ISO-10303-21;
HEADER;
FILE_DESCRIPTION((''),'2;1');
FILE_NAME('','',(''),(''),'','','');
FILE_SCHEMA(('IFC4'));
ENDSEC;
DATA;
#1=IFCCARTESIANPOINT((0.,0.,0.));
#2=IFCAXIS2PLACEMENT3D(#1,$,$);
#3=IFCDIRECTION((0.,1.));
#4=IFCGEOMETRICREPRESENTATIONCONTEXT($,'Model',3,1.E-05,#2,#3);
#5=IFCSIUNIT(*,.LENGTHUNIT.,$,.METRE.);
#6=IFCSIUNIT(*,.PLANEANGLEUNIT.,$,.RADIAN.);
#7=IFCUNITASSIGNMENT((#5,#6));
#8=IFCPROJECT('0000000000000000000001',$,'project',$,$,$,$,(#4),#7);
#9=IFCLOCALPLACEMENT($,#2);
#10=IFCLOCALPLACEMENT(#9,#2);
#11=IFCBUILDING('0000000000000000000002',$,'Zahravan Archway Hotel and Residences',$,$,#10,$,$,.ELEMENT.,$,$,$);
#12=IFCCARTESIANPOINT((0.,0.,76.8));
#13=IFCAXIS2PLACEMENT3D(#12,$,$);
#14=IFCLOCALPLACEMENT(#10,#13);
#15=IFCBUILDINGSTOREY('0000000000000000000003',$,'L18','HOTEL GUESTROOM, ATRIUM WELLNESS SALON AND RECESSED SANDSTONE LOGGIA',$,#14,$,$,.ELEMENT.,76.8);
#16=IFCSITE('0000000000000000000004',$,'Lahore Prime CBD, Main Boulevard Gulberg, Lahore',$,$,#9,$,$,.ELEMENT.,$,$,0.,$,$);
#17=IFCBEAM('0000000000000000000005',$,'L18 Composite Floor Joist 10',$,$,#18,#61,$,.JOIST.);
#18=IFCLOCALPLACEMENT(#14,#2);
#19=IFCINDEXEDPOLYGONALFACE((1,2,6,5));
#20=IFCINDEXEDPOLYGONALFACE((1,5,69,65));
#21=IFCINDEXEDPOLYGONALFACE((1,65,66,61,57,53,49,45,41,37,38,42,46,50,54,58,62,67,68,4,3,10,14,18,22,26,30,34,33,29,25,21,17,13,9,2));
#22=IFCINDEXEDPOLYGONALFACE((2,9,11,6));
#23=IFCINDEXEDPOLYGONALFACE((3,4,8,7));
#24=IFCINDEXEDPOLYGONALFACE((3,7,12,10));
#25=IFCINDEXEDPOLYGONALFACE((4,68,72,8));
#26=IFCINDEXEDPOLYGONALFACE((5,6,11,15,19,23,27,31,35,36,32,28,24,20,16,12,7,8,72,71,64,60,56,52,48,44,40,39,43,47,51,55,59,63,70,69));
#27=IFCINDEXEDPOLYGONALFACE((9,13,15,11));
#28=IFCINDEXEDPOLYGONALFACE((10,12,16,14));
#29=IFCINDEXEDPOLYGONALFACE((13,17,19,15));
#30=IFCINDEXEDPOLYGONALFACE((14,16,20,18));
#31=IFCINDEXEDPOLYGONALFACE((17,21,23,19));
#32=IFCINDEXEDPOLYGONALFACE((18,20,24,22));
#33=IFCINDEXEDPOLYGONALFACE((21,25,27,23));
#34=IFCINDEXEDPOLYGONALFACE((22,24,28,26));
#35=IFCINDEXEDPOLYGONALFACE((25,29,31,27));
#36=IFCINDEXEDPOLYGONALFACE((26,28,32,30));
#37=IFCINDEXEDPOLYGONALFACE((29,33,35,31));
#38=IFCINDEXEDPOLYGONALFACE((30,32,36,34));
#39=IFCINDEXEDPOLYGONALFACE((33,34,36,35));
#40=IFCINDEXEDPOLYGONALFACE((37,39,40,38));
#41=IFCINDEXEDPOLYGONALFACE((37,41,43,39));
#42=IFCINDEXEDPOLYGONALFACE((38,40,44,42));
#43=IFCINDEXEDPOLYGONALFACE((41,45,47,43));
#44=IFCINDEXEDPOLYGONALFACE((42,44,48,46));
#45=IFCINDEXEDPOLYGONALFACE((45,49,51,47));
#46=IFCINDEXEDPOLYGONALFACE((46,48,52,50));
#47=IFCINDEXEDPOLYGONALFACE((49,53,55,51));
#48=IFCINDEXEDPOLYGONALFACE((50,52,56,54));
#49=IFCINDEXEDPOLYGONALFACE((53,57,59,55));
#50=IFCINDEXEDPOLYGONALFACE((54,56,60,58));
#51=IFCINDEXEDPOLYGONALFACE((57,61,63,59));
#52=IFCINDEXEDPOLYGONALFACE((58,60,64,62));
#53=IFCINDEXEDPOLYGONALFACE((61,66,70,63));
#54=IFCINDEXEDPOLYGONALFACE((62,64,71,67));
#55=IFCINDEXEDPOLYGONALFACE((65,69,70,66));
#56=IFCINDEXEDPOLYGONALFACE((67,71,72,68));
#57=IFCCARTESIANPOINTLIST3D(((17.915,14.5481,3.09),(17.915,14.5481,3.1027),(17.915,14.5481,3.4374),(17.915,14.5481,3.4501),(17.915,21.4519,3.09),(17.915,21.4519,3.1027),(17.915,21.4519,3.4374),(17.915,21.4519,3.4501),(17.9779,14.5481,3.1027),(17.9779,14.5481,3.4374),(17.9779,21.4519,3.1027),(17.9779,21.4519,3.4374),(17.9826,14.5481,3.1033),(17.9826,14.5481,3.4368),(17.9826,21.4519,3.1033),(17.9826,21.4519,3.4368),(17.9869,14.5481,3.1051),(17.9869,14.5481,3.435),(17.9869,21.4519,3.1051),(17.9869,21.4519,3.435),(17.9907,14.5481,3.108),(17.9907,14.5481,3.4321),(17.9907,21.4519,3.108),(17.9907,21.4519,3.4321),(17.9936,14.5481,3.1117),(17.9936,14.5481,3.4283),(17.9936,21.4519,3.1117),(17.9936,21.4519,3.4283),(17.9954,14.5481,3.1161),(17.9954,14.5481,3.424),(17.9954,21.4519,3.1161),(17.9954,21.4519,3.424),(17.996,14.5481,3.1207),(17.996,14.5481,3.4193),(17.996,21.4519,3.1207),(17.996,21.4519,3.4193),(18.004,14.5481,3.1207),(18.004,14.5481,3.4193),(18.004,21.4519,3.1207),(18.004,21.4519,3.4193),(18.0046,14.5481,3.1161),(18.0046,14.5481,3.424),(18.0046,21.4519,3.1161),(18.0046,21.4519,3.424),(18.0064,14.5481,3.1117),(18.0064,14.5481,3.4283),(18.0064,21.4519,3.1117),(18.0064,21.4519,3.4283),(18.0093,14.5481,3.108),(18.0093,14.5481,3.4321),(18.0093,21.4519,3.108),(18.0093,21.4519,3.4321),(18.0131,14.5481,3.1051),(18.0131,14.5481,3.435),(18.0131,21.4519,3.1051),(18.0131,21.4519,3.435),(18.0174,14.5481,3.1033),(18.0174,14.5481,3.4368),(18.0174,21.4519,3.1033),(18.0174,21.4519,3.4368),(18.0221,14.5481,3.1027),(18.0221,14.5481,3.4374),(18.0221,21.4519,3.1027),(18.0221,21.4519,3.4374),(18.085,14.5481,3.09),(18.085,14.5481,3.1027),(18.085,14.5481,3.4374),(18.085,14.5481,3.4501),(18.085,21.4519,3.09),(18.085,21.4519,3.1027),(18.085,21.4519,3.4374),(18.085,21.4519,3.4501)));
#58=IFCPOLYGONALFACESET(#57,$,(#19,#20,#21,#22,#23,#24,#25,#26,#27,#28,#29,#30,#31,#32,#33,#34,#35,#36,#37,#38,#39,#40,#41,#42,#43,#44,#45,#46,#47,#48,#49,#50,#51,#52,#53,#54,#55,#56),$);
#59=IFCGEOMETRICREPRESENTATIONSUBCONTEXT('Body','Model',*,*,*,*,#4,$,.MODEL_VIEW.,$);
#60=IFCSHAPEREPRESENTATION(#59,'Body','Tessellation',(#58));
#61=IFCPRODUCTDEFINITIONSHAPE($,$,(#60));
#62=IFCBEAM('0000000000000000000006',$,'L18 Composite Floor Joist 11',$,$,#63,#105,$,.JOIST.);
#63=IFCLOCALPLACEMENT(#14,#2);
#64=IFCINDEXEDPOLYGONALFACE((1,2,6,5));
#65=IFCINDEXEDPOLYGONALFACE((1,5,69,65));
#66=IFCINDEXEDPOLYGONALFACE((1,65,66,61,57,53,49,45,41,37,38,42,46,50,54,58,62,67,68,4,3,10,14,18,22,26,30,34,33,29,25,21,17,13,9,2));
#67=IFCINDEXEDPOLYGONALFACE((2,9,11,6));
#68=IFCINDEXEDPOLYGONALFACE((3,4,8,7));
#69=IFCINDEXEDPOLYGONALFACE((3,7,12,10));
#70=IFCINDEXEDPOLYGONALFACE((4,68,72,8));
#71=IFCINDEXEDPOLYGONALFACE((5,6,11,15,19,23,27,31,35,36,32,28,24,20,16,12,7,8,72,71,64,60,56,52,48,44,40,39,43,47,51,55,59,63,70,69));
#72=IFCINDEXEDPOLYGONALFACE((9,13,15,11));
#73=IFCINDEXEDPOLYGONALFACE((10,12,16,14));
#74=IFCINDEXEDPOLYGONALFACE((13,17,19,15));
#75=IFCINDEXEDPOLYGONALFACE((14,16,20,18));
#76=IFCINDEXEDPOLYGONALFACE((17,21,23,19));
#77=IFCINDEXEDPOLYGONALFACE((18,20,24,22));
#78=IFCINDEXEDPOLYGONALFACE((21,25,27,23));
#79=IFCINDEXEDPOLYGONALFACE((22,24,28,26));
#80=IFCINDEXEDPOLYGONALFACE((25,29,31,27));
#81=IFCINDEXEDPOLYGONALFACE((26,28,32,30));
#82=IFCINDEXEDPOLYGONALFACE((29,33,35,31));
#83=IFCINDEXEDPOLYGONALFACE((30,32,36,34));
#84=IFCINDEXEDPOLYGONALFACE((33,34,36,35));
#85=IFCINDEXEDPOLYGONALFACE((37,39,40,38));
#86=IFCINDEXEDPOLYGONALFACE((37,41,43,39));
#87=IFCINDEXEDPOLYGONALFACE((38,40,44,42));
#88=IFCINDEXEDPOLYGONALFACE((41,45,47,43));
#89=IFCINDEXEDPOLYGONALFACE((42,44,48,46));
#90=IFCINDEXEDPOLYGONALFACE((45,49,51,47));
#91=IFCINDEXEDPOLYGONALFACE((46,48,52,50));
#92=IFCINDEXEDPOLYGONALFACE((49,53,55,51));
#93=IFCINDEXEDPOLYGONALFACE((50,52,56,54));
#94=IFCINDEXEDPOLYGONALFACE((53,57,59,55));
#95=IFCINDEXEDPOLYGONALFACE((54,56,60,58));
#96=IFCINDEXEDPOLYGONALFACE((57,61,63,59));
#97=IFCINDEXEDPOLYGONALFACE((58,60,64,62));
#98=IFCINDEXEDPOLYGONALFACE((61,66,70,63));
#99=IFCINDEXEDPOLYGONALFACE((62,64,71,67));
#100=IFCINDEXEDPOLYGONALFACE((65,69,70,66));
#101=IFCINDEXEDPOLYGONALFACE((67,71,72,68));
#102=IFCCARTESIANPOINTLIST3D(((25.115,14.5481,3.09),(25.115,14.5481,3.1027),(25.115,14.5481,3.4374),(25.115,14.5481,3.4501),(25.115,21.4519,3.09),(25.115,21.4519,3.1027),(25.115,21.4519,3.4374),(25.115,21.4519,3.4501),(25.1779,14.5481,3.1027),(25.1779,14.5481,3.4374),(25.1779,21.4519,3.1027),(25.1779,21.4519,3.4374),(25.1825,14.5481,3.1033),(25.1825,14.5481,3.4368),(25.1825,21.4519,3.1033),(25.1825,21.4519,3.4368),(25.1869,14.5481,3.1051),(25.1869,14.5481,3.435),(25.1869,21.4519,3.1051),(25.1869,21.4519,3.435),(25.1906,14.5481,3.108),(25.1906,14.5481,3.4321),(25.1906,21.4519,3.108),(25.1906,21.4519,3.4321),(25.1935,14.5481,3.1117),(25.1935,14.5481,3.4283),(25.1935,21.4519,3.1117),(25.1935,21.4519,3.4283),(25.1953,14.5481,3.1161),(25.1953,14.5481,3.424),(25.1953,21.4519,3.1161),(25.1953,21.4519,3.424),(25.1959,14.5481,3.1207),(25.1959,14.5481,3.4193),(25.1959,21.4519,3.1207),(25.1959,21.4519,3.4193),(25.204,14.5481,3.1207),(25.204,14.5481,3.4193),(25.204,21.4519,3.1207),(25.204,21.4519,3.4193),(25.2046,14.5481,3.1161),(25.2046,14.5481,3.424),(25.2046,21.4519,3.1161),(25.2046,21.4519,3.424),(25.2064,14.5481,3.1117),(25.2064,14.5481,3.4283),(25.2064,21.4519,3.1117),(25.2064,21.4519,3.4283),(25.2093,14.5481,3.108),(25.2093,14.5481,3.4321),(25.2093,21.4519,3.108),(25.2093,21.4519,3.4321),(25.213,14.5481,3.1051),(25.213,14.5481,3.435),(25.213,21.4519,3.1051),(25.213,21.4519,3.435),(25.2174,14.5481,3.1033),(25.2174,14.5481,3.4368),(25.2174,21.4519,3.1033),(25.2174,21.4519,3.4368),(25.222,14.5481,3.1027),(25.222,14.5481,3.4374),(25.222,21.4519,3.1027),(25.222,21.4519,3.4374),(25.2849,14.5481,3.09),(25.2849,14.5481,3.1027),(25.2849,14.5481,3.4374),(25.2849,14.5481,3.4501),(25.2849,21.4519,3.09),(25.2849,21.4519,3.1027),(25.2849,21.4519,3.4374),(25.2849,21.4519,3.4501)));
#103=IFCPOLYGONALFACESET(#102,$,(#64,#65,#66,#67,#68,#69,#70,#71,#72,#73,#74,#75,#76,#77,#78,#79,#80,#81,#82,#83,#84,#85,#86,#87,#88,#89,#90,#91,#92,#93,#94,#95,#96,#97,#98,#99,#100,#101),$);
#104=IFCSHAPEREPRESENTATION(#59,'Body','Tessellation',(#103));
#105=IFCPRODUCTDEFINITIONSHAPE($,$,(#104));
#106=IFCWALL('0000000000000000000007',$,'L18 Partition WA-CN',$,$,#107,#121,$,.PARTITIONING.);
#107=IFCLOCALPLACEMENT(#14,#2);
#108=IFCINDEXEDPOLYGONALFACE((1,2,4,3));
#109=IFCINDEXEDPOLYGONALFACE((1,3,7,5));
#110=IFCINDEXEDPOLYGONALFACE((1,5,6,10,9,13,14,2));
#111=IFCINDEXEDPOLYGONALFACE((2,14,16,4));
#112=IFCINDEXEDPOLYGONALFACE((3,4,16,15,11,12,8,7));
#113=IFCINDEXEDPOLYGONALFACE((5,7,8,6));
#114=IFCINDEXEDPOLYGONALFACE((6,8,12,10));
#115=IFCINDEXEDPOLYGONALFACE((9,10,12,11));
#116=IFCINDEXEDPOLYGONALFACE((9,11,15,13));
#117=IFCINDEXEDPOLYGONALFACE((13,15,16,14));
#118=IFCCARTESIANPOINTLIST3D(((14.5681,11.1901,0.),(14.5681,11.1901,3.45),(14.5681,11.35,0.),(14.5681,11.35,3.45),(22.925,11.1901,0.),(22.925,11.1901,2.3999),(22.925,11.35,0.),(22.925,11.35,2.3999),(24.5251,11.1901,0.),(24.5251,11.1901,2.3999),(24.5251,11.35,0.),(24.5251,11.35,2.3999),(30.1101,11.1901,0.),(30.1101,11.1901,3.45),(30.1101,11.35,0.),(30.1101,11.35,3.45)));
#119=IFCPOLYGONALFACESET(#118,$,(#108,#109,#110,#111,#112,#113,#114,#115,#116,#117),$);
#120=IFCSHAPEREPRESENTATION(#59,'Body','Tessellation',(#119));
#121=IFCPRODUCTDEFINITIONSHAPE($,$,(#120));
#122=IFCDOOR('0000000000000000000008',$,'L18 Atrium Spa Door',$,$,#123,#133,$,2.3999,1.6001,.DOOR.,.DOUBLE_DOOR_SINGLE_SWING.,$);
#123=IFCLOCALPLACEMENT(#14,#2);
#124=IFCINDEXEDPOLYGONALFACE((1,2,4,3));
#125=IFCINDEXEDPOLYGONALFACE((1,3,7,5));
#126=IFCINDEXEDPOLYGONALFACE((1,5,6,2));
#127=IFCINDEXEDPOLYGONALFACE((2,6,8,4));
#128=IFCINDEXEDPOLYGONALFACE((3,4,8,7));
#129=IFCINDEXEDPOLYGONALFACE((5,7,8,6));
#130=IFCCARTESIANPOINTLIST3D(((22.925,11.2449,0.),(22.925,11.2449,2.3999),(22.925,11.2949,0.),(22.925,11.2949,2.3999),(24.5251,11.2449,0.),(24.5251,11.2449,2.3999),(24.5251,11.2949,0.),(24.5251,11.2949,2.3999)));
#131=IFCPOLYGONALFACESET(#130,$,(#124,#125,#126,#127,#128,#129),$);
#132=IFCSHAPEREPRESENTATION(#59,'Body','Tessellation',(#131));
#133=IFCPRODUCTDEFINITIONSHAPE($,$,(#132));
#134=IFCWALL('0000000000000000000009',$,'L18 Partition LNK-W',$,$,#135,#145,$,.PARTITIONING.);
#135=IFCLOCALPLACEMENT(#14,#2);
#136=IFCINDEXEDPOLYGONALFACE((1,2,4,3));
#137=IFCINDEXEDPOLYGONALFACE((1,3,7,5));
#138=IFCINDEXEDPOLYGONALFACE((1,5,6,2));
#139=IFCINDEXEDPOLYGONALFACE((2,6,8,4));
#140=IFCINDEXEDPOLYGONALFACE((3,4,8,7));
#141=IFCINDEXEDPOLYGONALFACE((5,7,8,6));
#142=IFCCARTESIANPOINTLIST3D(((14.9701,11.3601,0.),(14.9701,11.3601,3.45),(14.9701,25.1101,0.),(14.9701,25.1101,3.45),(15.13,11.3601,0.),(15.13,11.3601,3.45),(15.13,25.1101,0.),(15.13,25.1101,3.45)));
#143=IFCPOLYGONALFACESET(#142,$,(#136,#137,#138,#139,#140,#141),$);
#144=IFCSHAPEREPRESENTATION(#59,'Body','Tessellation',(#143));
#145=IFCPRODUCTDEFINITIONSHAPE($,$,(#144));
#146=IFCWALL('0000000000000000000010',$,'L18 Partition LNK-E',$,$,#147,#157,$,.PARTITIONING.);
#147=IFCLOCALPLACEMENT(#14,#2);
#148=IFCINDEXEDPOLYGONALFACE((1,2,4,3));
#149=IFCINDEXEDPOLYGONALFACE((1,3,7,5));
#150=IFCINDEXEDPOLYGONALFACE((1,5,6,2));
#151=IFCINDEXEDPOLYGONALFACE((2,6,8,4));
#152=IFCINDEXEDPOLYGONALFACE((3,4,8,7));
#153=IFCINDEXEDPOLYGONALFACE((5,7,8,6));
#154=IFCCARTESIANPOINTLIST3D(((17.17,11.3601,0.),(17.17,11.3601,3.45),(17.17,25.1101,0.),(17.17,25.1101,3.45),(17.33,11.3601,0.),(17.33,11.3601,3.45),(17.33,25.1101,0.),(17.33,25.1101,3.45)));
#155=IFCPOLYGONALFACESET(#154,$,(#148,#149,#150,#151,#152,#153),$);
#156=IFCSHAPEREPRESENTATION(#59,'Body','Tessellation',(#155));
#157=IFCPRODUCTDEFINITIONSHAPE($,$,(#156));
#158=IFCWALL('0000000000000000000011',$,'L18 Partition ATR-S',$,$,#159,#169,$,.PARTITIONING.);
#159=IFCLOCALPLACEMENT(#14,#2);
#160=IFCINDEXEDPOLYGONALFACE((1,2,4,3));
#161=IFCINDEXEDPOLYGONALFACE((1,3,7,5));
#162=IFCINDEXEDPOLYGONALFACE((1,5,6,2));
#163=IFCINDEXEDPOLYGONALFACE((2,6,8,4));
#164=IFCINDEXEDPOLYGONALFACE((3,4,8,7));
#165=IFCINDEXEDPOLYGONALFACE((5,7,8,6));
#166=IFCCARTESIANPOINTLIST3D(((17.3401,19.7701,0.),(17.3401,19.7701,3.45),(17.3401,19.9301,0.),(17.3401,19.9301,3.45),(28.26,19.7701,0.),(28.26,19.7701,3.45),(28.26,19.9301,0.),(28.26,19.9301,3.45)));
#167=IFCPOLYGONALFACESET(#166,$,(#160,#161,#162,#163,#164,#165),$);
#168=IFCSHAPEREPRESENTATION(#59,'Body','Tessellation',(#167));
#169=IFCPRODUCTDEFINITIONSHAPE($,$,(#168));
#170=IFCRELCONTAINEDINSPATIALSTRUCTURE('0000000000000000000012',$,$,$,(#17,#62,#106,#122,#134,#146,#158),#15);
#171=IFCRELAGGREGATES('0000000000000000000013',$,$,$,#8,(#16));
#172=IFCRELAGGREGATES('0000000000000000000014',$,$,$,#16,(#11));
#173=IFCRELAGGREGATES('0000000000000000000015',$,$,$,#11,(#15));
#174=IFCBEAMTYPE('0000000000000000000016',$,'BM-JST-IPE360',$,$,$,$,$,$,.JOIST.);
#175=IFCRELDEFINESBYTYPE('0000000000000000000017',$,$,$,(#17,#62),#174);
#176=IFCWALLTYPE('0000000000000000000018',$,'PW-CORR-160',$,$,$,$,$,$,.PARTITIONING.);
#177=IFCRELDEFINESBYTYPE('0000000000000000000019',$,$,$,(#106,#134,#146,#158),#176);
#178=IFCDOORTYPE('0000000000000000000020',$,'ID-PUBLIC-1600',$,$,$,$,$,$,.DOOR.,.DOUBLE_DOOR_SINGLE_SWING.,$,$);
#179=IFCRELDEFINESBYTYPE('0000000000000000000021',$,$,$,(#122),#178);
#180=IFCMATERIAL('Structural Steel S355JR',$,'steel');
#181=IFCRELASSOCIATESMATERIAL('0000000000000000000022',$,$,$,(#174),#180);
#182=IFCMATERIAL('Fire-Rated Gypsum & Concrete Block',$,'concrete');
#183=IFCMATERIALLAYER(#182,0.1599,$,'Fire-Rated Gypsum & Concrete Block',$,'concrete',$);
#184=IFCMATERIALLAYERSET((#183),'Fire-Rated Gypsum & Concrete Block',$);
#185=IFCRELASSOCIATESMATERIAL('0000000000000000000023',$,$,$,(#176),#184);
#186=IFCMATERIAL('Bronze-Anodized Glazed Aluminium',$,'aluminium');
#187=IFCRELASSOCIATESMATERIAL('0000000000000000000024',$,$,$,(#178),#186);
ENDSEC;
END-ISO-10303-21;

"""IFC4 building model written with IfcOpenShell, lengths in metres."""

from ifc_helpers import new_model, si_unit, direction, frame, frame_2d, origin, origin_2d, place, context, subcontext, project, spatial, rectangle, i_section, extrude, source, transform, mapped, material, layer, layer_set, material_profile, profile_set, type_object, type_shapes, element, fill, save


model = new_model("IFC4")

# Units and contexts
model_context = context("Model", 3, precision=1e-05, world=origin(), true_north=direction((0.0, 1.0)))
body_context = subcontext(model_context, "Body", "Model", "MODEL_VIEW")
ifc_project = project(units=[si_unit("LENGTHUNIT", "METRE"), si_unit("PLANEANGLEUNIT", "RADIAN")], contexts=[model_context])

# Site, building, storey
site_placement = place(None, origin())
site = spatial("IfcSite", under=ifc_project, at=site_placement, Name="Lahore Prime CBD, Main Boulevard Gulberg, Lahore", CompositionType="ELEMENT", RefElevation=0.0)
building_placement = place(site_placement, origin())
building = spatial("IfcBuilding", under=site, at=building_placement, Name="Zahravan Archway Hotel and Residences", CompositionType="ELEMENT")
storey_placement = place(building_placement, frame((0.0, 0.0, 76.8)))
storey = spatial("IfcBuildingStorey", under=building, at=storey_placement, Name="L18", Description="HOTEL GUESTROOM, ATRIUM WELLNESS SALON AND RECESSED SANDSTONE LOGGIA", CompositionType="ELEMENT", Elevation=76.8)

# Beams
ifc_material_1 = material(Name="Structural Steel S355JR", Category="steel")
ifc_material_profile_1 = material_profile(ifc_material_1, i_section(OverallWidth=0.1699, OverallDepth=0.3601, WebThickness=0.0081, FlangeThickness=0.0127, FilletRadius=0.0181, at=origin_2d()), Name="IPE 360", Category="steel")
ifc_profile_set_1 = profile_set([ifc_material_profile_1], Name="Structural Steel S355JR")
beam_type_1 = type_object("IfcBeamType", Name="BM-JST-IPE360", PredefinedType="JOIST", material=ifc_profile_set_1)
shared_shape_1 = source(origin(), body_context, "Body", "SweptSolid", [
    extrude(i_section(OverallWidth=0.1699, OverallDepth=0.3601, WebThickness=0.0081, FlangeThickness=0.0127, FilletRadius=0.0181, at=origin_2d()), origin(), (0.0, 0.0, 1.0), 6.9038),
])
for number, where, z_axis, x_axis, name in (
    (1, (18.0, 14.5481, 3.27), (0.0, 1.0, 0.0), (-1.0, 0.0, 0.0), "L18 Composite Floor Joist 10"),
    (2, (25.2, 14.5481, 3.27), (0.0, 1.0, 0.0), (-1.0, 0.0, 0.0), "L18 Composite Floor Joist 11"),
):
    element("IfcBeam", number, at=place(storey_placement, frame(where, z_axis=z_axis, x_axis=x_axis)), inside=storey, type_object=beam_type_1, Name=name, PredefinedType="JOIST", context=body_context, shape_type="MappedRepresentation", body=[
        mapped(shared_shape_1, transform((0.0, 0.0, 0.0), scale=1.0)),
    ])

# Wall, opening, door
ifc_material_2 = material(Name="Fire-Rated Gypsum & Concrete Block", Category="concrete")
ifc_layer_1 = layer(ifc_material_2, 0.1599, Name="Fire-Rated Gypsum & Concrete Block", Category="concrete")
ifc_layer_set_1 = layer_set([ifc_layer_1], Name="Fire-Rated Gypsum & Concrete Block")
wall_type_1 = type_object("IfcWallType", Name="PW-CORR-160", PredefinedType="PARTITIONING", material=ifc_layer_set_1)
wall_1_placement = place(storey_placement, frame((14.5681, 11.27, 0.0), z_axis=(0.0, 0.0, 1.0), x_axis=(1.0, 0.0, 0.0)))
wall_1 = element("IfcWall", 3, at=wall_1_placement, inside=storey, type_object=wall_type_1, Name="L18 Partition WA-CN", PredefinedType="PARTITIONING", context=body_context, shape_type="SweptSolid", body=[
    extrude(rectangle(XDim=15.542, YDim=0.1599, at=frame_2d((7.771, 0.0))), origin(), (0.0, 0.0, 1.0), 3.45),
])
opening_1_placement = place(wall_1_placement, frame((8.3569, 0.0, 0.0)))
opening_1 = element("IfcOpeningElement", 4, at=opening_1_placement, cuts=wall_1, PredefinedType="OPENING", context=body_context, shape_type="SweptSolid", body=[
    extrude(rectangle(XDim=1.6001, YDim=2.3999, at=frame_2d((0.8, 1.2))), frame((0.0, 0.0898, 0.0), z_axis=(0.0, -1.0, 0.0), x_axis=(1.0, 0.0, 0.0)), (0.0, 0.0, 1.0), 0.1799),
])
ifc_material_3 = material(Name="Bronze-Anodized Glazed Aluminium", Category="aluminium")
door_type_1 = type_object("IfcDoorType", Name="ID-PUBLIC-1600", OperationType="DOUBLE_DOOR_SINGLE_SWING", PredefinedType="DOOR", material=ifc_material_3)
shared_shape_2 = source(origin(), body_context, "Body", "SweptSolid", [
    extrude(rectangle(XDim=1.6001, YDim=2.3999, at=frame_2d((0.8, 1.2))), frame((0.0, 0.0249, 0.0), z_axis=(0.0, -1.0, 0.0), x_axis=(1.0, 0.0, 0.0)), (0.0, 0.0, 1.0), 0.05),
])
type_shapes(door_type_1, [shared_shape_2])
door_1_placement = place(opening_1_placement, origin())
door_1 = element("IfcDoor", 5, at=door_1_placement, inside=storey, type_object=door_type_1, Name="L18 Atrium Spa Door", OperationType="DOUBLE_DOOR_SINGLE_SWING", OverallHeight=2.3999, OverallWidth=1.6001, PredefinedType="DOOR", context=body_context, shape_type="MappedRepresentation", body=[
    mapped(shared_shape_2, transform((0.0, 0.0, 0.0), scale=1.0)),
])
fill(opening_1, door_1)

# Walls
for number, where, z_axis, x_axis, name in (
    (6, (15.05, 11.3601, 0.0), (0.0, 0.0, 1.0), (0.0, 1.0, 0.0), "L18 Partition LNK-W"),
    (7, (17.25, 11.3601, 0.0), (0.0, 0.0, 1.0), (0.0, 1.0, 0.0), "L18 Partition LNK-E"),
):
    element("IfcWall", number, at=place(storey_placement, frame(where, z_axis=z_axis, x_axis=x_axis)), inside=storey, type_object=wall_type_1, Name=name, PredefinedType="PARTITIONING", context=body_context, shape_type="SweptSolid", body=[
        extrude(rectangle(XDim=13.75, YDim=0.1599, at=frame_2d((6.875, 0.0))), origin(), (0.0, 0.0, 1.0), 3.45),
    ])
wall_2_placement = place(storey_placement, frame((17.3401, 19.8501, 0.0), z_axis=(0.0, 0.0, 1.0), x_axis=(1.0, 0.0, 0.0)))
element("IfcWall", 8, at=wall_2_placement, inside=storey, type_object=wall_type_1, Name="L18 Partition ATR-S", PredefinedType="PARTITIONING", context=body_context, shape_type="SweptSolid", body=[
    extrude(rectangle(XDim=10.9199, YDim=0.1599, at=frame_2d((5.46, 0.0))), origin(), (0.0, 0.0, 1.0), 3.45),
])

save(model, "model.ifc")
